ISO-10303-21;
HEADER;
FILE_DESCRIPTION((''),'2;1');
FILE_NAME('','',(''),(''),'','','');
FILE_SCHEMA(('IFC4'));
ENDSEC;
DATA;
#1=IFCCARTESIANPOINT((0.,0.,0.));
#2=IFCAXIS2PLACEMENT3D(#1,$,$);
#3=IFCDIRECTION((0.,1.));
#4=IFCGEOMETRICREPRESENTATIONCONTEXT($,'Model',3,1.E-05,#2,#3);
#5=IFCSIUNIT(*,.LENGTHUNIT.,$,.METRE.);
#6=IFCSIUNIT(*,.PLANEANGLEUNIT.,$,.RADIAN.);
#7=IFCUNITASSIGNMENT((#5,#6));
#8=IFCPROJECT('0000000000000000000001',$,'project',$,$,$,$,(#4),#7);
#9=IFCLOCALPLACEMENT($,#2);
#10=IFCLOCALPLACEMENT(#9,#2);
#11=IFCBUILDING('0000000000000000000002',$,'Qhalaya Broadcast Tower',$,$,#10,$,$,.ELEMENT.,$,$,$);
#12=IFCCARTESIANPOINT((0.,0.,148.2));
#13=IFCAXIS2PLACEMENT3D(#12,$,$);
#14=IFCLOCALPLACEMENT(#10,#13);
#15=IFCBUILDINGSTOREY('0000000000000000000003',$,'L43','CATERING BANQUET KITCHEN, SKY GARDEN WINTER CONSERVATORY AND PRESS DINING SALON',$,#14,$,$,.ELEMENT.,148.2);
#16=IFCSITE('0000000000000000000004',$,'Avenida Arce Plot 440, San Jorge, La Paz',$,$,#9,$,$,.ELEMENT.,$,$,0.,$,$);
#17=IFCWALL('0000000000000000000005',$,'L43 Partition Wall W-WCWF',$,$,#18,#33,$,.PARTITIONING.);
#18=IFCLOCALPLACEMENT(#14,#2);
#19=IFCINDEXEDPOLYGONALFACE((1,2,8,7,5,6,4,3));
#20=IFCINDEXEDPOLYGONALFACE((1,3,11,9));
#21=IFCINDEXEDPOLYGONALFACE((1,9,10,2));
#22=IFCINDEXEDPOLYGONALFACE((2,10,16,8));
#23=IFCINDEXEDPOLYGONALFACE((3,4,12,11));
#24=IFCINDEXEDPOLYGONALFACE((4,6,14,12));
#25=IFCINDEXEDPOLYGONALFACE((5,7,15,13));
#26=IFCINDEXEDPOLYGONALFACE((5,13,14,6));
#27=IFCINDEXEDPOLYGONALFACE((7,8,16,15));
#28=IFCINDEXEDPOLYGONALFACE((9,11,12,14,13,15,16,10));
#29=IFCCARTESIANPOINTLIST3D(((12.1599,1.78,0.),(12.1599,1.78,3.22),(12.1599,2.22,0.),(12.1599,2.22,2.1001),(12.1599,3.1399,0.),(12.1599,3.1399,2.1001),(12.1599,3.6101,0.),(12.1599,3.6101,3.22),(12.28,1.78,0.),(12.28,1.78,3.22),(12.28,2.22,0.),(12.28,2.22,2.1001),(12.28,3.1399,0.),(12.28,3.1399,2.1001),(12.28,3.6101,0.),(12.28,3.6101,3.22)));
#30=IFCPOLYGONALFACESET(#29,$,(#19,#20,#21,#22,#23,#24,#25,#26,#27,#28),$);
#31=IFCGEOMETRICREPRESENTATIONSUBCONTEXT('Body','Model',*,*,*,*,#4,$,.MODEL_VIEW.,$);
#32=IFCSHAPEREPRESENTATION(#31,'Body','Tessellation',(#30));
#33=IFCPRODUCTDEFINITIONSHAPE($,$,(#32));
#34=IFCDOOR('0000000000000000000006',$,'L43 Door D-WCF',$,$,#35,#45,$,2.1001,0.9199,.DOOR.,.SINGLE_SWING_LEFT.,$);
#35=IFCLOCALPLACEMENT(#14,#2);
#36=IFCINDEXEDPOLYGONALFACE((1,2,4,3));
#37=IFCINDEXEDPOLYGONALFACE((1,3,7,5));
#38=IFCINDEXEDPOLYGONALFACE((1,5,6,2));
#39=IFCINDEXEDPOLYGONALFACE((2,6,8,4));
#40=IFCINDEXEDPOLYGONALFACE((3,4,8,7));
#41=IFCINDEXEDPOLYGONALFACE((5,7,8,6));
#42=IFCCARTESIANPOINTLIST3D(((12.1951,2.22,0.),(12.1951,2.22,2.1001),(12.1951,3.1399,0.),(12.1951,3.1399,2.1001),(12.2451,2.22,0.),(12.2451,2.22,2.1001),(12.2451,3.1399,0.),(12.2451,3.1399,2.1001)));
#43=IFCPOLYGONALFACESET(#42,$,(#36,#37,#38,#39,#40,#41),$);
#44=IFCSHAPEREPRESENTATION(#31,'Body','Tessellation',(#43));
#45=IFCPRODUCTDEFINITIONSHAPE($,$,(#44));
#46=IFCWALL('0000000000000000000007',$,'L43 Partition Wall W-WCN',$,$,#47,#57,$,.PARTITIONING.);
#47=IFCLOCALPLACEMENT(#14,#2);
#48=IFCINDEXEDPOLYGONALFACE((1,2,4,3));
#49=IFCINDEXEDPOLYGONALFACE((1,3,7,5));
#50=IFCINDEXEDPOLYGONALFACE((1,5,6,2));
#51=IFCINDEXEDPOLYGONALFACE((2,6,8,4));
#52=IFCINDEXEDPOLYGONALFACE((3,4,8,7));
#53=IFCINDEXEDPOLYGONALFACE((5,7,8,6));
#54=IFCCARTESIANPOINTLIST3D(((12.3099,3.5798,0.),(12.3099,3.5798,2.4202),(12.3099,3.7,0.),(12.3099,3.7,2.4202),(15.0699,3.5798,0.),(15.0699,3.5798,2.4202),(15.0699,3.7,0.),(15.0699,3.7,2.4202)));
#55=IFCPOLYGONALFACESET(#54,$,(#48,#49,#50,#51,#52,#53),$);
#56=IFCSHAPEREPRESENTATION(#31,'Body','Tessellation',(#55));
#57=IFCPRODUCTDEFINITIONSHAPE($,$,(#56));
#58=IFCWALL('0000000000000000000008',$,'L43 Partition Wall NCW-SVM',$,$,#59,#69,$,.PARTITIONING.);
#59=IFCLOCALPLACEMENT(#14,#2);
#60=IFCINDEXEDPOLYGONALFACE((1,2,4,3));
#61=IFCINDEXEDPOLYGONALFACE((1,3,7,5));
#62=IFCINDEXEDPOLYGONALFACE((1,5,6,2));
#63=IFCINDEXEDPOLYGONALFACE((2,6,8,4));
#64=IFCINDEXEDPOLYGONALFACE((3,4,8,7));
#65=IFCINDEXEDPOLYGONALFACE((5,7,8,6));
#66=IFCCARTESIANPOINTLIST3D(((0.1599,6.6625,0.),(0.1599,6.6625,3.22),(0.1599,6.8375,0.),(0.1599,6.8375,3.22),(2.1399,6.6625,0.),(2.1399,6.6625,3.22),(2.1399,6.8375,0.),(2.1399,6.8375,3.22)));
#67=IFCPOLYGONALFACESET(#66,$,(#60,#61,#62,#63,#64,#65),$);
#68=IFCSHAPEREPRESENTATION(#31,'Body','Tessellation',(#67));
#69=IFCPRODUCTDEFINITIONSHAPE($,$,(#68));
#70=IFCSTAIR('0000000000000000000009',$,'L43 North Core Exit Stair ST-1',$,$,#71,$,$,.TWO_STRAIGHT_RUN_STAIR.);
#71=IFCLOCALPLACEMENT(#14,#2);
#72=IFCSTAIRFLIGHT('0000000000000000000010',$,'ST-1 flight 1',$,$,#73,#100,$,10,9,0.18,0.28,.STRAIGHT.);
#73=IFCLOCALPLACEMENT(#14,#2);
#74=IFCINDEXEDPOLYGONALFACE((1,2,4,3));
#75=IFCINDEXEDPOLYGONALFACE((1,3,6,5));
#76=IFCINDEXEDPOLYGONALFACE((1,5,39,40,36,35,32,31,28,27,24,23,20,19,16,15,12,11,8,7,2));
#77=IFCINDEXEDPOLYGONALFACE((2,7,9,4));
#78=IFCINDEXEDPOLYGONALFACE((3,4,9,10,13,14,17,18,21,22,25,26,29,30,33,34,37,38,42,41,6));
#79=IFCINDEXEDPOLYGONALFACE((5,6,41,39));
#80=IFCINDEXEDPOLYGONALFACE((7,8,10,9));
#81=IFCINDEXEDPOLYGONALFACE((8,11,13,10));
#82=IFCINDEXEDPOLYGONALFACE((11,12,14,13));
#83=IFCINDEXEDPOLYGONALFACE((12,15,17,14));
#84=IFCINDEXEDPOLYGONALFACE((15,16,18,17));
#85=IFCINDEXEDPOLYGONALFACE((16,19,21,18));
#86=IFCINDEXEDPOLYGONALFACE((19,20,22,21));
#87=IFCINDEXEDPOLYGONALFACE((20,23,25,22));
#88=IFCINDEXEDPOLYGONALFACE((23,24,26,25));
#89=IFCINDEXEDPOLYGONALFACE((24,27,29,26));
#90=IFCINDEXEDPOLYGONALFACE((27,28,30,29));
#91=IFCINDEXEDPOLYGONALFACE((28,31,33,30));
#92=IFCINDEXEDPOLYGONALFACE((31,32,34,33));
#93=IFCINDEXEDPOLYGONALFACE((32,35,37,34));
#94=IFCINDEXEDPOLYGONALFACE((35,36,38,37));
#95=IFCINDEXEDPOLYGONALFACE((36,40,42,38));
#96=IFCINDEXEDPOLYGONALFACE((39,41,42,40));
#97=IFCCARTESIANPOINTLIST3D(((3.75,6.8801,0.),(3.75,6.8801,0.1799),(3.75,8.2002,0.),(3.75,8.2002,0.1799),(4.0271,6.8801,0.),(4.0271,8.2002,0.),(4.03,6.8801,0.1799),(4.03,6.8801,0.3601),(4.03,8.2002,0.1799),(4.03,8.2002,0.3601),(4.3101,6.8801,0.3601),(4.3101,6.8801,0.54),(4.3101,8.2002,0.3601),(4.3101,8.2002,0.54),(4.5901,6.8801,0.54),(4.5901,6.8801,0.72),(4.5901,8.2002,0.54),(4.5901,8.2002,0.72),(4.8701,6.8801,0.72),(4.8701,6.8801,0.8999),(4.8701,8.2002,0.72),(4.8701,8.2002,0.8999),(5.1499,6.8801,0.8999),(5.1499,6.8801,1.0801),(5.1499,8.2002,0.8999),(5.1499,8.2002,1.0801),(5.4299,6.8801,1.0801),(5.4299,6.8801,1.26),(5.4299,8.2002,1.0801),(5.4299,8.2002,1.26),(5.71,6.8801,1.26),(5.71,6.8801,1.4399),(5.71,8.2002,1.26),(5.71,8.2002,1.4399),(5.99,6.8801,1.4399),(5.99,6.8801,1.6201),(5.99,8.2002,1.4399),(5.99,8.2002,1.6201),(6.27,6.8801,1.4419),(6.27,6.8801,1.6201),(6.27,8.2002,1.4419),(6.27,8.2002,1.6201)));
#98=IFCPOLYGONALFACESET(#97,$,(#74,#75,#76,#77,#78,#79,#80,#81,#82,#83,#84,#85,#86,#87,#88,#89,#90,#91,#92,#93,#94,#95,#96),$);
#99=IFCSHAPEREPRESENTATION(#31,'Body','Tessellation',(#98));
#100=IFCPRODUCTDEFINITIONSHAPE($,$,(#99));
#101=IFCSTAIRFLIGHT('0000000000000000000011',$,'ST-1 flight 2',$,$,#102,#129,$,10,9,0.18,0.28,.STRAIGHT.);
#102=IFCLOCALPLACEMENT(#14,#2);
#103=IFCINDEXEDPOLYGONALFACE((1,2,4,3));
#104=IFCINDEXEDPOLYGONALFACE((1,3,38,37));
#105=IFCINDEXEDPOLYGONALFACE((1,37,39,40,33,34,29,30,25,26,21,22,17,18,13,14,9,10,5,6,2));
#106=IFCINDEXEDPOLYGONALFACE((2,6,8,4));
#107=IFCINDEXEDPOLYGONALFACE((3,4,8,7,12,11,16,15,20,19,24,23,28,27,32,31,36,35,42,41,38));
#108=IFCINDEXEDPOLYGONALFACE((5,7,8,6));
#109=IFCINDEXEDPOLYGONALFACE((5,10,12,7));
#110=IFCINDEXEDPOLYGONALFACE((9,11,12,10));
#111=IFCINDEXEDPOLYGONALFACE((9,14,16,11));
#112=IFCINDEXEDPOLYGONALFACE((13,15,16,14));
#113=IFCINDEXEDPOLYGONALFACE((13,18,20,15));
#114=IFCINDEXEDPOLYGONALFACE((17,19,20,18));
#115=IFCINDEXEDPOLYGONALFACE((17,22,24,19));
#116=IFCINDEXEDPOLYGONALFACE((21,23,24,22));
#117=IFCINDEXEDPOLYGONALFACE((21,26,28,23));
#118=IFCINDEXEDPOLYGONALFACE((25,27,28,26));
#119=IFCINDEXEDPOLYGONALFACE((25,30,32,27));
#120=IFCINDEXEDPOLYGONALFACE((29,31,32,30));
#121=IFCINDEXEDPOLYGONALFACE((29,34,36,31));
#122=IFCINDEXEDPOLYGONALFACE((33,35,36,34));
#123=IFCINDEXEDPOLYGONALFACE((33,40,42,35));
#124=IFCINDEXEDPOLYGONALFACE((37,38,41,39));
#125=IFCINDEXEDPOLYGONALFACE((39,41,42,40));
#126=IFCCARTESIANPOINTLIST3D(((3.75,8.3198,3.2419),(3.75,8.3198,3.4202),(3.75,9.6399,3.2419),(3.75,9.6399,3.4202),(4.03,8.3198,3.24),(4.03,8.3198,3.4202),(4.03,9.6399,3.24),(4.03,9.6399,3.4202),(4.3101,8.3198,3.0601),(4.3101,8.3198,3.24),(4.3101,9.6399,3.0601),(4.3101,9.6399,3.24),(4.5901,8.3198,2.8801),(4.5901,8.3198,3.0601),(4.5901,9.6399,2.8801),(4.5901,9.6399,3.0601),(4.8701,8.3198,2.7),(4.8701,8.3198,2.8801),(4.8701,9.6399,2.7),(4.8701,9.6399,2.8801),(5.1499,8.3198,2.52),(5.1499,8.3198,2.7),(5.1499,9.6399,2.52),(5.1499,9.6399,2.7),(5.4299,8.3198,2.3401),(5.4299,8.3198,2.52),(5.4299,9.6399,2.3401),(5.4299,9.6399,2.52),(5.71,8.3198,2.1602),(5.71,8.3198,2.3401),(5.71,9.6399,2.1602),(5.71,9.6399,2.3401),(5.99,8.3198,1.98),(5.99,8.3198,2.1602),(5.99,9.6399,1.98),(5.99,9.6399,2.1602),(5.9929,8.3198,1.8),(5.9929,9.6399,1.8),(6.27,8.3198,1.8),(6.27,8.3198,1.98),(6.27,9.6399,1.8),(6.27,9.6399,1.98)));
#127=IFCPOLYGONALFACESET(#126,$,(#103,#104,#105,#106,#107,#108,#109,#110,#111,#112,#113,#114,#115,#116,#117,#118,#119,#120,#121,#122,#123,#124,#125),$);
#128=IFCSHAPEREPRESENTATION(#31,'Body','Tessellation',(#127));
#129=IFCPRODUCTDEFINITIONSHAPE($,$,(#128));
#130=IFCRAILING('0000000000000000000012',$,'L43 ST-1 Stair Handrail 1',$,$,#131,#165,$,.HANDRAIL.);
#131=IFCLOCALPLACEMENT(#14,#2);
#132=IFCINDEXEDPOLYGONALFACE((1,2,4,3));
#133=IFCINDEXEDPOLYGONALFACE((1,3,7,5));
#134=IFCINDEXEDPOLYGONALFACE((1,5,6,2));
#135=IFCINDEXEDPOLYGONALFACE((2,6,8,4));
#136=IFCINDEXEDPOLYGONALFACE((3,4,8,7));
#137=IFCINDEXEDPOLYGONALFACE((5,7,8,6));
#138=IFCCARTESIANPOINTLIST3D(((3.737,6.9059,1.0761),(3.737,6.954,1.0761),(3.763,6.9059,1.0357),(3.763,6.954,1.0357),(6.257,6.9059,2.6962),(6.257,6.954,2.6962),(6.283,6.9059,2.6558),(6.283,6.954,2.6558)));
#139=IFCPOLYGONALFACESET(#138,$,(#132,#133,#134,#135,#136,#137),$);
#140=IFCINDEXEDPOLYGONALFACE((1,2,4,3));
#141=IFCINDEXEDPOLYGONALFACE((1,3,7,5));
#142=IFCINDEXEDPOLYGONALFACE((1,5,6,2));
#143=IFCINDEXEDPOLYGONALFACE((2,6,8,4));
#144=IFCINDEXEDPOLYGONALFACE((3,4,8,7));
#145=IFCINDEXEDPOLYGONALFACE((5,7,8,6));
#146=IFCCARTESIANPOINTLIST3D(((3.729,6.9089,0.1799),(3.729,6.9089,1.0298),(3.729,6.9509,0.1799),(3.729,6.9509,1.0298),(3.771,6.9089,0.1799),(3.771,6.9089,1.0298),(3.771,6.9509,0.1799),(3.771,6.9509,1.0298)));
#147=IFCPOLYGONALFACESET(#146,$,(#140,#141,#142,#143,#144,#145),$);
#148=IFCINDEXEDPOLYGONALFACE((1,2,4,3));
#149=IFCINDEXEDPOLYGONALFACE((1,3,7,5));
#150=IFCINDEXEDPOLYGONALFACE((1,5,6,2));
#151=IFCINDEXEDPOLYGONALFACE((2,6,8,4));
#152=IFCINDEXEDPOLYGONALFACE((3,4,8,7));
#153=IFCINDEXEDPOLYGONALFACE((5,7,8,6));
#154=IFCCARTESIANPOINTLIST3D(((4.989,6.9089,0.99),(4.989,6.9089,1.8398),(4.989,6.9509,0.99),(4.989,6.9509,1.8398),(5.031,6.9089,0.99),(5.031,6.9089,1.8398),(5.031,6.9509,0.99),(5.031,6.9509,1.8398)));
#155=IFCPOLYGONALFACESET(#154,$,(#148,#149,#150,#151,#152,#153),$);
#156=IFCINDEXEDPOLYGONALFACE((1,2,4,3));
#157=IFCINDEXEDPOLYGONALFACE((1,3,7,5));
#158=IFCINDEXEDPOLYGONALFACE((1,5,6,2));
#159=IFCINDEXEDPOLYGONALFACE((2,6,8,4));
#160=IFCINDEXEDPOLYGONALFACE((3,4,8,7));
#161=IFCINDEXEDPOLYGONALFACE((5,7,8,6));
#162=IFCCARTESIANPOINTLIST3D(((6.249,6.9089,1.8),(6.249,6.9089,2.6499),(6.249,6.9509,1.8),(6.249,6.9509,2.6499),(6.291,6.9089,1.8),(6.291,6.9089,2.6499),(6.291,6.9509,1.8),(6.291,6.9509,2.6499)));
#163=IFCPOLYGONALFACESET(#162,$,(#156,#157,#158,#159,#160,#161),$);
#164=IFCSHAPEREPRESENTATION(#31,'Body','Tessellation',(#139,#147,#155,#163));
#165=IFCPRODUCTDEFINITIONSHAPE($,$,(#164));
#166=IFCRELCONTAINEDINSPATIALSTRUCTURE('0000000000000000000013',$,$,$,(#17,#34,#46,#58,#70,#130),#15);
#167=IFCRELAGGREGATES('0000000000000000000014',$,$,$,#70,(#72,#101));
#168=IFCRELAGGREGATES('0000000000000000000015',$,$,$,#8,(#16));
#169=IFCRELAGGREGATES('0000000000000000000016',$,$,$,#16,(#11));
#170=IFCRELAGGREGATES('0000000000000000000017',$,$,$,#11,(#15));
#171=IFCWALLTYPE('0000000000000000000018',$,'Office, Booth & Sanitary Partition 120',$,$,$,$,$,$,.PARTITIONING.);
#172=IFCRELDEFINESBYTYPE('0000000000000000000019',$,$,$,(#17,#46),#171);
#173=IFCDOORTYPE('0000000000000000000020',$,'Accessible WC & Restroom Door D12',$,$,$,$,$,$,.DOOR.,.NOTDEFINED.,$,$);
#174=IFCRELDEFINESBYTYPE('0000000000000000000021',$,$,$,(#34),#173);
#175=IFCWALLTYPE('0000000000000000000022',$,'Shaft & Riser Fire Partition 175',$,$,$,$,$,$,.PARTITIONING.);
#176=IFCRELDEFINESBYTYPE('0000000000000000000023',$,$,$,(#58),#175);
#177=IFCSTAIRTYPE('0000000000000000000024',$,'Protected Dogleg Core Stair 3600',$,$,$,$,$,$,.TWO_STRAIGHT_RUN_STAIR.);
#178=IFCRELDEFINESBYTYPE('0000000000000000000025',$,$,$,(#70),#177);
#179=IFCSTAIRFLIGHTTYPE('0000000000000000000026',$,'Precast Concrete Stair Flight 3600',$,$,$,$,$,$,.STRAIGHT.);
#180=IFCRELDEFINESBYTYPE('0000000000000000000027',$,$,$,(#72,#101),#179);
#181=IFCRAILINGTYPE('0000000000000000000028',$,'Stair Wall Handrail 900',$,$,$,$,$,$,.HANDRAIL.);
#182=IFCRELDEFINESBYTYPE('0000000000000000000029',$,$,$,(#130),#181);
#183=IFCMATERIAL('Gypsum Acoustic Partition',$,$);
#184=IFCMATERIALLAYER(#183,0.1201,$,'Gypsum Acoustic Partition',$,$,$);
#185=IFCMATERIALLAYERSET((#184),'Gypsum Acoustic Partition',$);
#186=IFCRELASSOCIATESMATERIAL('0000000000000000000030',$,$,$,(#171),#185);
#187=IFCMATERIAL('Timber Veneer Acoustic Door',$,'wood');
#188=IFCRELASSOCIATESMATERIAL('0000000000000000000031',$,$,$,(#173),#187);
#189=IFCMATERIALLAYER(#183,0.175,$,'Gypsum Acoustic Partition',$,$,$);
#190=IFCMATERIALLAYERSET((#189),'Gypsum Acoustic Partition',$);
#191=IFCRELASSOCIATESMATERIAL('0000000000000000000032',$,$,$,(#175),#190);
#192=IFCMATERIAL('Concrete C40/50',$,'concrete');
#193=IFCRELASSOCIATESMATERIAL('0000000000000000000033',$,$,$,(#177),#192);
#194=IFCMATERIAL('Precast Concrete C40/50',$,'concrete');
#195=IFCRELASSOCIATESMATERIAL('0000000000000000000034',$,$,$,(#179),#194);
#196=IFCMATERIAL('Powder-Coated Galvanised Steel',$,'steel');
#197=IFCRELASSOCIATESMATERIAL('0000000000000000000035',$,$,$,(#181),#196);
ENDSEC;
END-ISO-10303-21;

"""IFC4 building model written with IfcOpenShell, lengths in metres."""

from ifc_helpers import new_model, si_unit, direction, frame, frame_2d, origin, origin_2d, place, context, subcontext, project, spatial, polyline, rectangle, outline, extrude, material, layer, layer_set, type_object, element, fill, aggregate, save


model = new_model("IFC4")

# Units and contexts
model_context = context("Model", 3, precision=1e-05, world=origin(), true_north=direction((0.0, 1.0)))
body_context = subcontext(model_context, "Body", "Model", "MODEL_VIEW")
ifc_project = project(units=[si_unit("LENGTHUNIT", "METRE"), si_unit("PLANEANGLEUNIT", "RADIAN")], contexts=[model_context])

# Site, building, storey
site_placement = place(None, origin())
site = spatial("IfcSite", under=ifc_project, at=site_placement, Name="Avenida Arce Plot 440, San Jorge, La Paz", CompositionType="ELEMENT", RefElevation=0.0)
building_placement = place(site_placement, origin())
building = spatial("IfcBuilding", under=site, at=building_placement, Name="Qhalaya Broadcast Tower", CompositionType="ELEMENT")
storey_placement = place(building_placement, frame((0.0, 0.0, 148.2)))
storey = spatial("IfcBuildingStorey", under=building, at=storey_placement, Name="L43", Description="CATERING BANQUET KITCHEN, SKY GARDEN WINTER CONSERVATORY AND PRESS DINING SALON", CompositionType="ELEMENT", Elevation=148.2)

# Shared definitions
ifc_material_1 = material(Name="Gypsum Acoustic Partition")

# Wall, opening, door
ifc_layer_1 = layer(ifc_material_1, 0.1201, Name="Gypsum Acoustic Partition")
ifc_layer_set_1 = layer_set([ifc_layer_1], Name="Gypsum Acoustic Partition")
wall_type_1 = type_object("IfcWallType", Name="Office, Booth & Sanitary Partition 120", PredefinedType="PARTITIONING", material=ifc_layer_set_1)
wall_1_placement = place(storey_placement, frame((12.22, 1.78, 0.0), z_axis=(0.0, 0.0, 1.0), x_axis=(0.0, 1.0, 0.0)))
wall_1 = element("IfcWall", 1, at=wall_1_placement, inside=storey, type_object=wall_type_1, Name="L43 Partition Wall W-WCWF", PredefinedType="PARTITIONING", context=body_context, shape_type="SweptSolid", body=[
    extrude(rectangle(XDim=1.8301, YDim=0.1201, at=frame_2d((0.915, 0.0))), origin(), (0.0, 0.0, 1.0), 3.22),
])
opening_1_placement = place(wall_1_placement, frame((0.4399, 0.0, 0.0)))
opening_1 = element("IfcOpeningElement", 2, at=opening_1_placement, cuts=wall_1, PredefinedType="OPENING", context=body_context, shape_type="SweptSolid", body=[
    extrude(rectangle(XDim=0.9199, YDim=2.1001, at=frame_2d((0.46, 1.05))), frame((0.0, 0.072, 0.0), z_axis=(0.0, -1.0, 0.0), x_axis=(1.0, 0.0, 0.0)), (0.0, 0.0, 1.0), 0.144),
])
ifc_material_2 = material(Name="Timber Veneer Acoustic Door", Category="wood")
door_type_1 = type_object("IfcDoorType", Name="Accessible WC & Restroom Door D12", OperationType="NOTDEFINED", PredefinedType="DOOR", material=ifc_material_2)
door_1_placement = place(opening_1_placement, origin())
door_1 = element("IfcDoor", 3, at=door_1_placement, inside=storey, type_object=door_type_1, Name="L43 Door D-WCF", OperationType="SINGLE_SWING_LEFT", OverallHeight=2.1001, OverallWidth=0.9199, PredefinedType="DOOR", context=body_context, shape_type="SweptSolid", body=[
    extrude(rectangle(XDim=0.9199, YDim=2.1001, at=frame_2d((0.46, 1.05))), frame((0.0, 0.0249, 0.0), z_axis=(0.0, -1.0, 0.0), x_axis=(1.0, 0.0, 0.0)), (0.0, 0.0, 1.0), 0.05),
])
fill(opening_1, door_1)

# Wall
wall_2_placement = place(storey_placement, frame((12.3101, 3.6399, 0.0), z_axis=(0.0, 0.0, 1.0), x_axis=(1.0, 0.0, 0.0)))
element("IfcWall", 4, at=wall_2_placement, inside=storey, type_object=wall_type_1, Name="L43 Partition Wall W-WCN", PredefinedType="PARTITIONING", context=body_context, shape_type="SweptSolid", body=[
    extrude(rectangle(XDim=2.76, YDim=0.1201, at=frame_2d((1.3799, 0.0))), origin(), (0.0, 0.0, 1.0), 2.4202),
])

# Shared definitions
ifc_layer_2 = layer(ifc_material_1, 0.175, Name="Gypsum Acoustic Partition")
ifc_layer_set_2 = layer_set([ifc_layer_2], Name="Gypsum Acoustic Partition")
wall_type_2 = type_object("IfcWallType", Name="Shaft & Riser Fire Partition 175", PredefinedType="PARTITIONING", material=ifc_layer_set_2)

# Wall
wall_3_placement = place(storey_placement, frame((0.1599, 6.75, 0.0), z_axis=(0.0, 0.0, 1.0), x_axis=(1.0, 0.0, 0.0)))
element("IfcWall", 5, at=wall_3_placement, inside=storey, type_object=wall_type_2, Name="L43 Partition Wall NCW-SVM", PredefinedType="PARTITIONING", context=body_context, shape_type="SweptSolid", body=[
    extrude(rectangle(XDim=1.98, YDim=0.175, at=frame_2d((0.99, 0.0))), origin(), (0.0, 0.0, 1.0), 3.22),
])

# Stair, stair flights
ifc_material_3 = material(Name="Concrete C40/50", Category="concrete")
stair_type = type_object("IfcStairType", Name="Protected Dogleg Core Stair 3600", PredefinedType="TWO_STRAIGHT_RUN_STAIR", material=ifc_material_3)
stair_placement = place(storey_placement, origin())
stair = element("IfcStair", 6, at=stair_placement, inside=storey, type_object=stair_type, Name="L43 North Core Exit Stair ST-1", PredefinedType="TWO_STRAIGHT_RUN_STAIR")
ifc_material_4 = material(Name="Precast Concrete C40/50", Category="concrete")
stair_flight_type = type_object("IfcStairFlightType", Name="Precast Concrete Stair Flight 3600", PredefinedType="STRAIGHT", material=ifc_material_4)
stair_flight_1_placement = place(storey_placement, frame((3.75, 7.54, 0.0), z_axis=(0.0, 0.0, 1.0), x_axis=(1.0, 0.0, 0.0)))
stair_flight_1 = element("IfcStairFlight", 7, at=stair_flight_1_placement, type_object=stair_flight_type, Name="ST-1 flight 1", NumberOfRisers=10, NumberOfTreads=9, PredefinedType="STRAIGHT", RiserHeight=0.18, TreadLength=0.28, context=body_context, shape_type="SweptSolid", body=[
    extrude(outline(polyline([(0.0, 0.0), (0.0, 0.1799), (0.28, 0.1799), (0.28, 0.3601), (0.5601, 0.3601), (0.5601, 0.54), (0.8401, 0.54), (0.8401, 0.72), (1.1201, 0.72), (1.1201, 0.8999), (1.3999, 0.8999), (1.3999, 1.0801), (1.6799, 1.0801), (1.6799, 1.26), (1.96, 1.26), (1.96, 1.4399), (2.24, 1.4399), (2.24, 1.6201), (2.52, 1.6201), (2.52, 1.8), (2.52, 1.4419), (0.2771, 0.0), (0.0, 0.0)])), frame((0.0, 0.6602, 0.0), z_axis=(0.0, -1.0, 0.0), x_axis=(1.0, 0.0, 0.0)), (0.0, 0.0, 1.0), 1.3201),
])
stair_flight_2_placement = place(storey_placement, frame((6.27, 8.98, 1.8), z_axis=(0.0, 0.0, 1.0), x_axis=(-1.0, 0.0, 0.0)))
stair_flight_2 = element("IfcStairFlight", 8, at=stair_flight_2_placement, type_object=stair_flight_type, Name="ST-1 flight 2", NumberOfRisers=10, NumberOfTreads=9, PredefinedType="STRAIGHT", RiserHeight=0.18, TreadLength=0.28, context=body_context, shape_type="SweptSolid", body=[
    extrude(outline(polyline([(0.0, 0.0), (0.0, 0.1799), (0.28, 0.1799), (0.28, 0.3601), (0.5601, 0.3601), (0.5601, 0.54), (0.8401, 0.54), (0.8401, 0.72), (1.1201, 0.72), (1.1201, 0.8999), (1.3999, 0.8999), (1.3999, 1.0801), (1.6799, 1.0801), (1.6799, 1.26), (1.96, 1.26), (1.96, 1.4399), (2.24, 1.4399), (2.24, 1.6201), (2.52, 1.6201), (2.52, 1.8), (2.52, 1.4419), (0.2771, 0.0), (0.0, 0.0)])), frame((0.0, 0.6602, 0.0), z_axis=(0.0, -1.0, 0.0), x_axis=(1.0, 0.0, 0.0)), (0.0, 0.0, 1.0), 1.3201),
])
aggregate(stair, [stair_flight_1, stair_flight_2])

# Railing
ifc_material_5 = material(Name="Powder-Coated Galvanised Steel", Category="steel")
railing_type_1 = type_object("IfcRailingType", Name="Stair Wall Handrail 900", PredefinedType="HANDRAIL", material=ifc_material_5)
railing_1_placement = place(storey_placement, frame((3.75, 6.9299, 0.1799)))
element("IfcRailing", 9, at=railing_1_placement, inside=storey, type_object=railing_type_1, Name="L43 ST-1 Stair Handrail 1", PredefinedType="HANDRAIL", context=body_context, shape_type="SweptSolid", body=[
    extrude(rectangle(XDim=0.0481, YDim=0.0481, at=origin_2d()), frame((0.0, 0.0, 0.876), z_axis=(0.841163, 0.0, 0.540782), x_axis=(0.0, 1.0, 0.0)), (0.0, 0.0, 1.0), 2.9958),
    extrude(rectangle(XDim=0.042, YDim=0.042, at=origin_2d()), origin(), (0.0, 0.0, 1.0), 0.8499),
    extrude(rectangle(XDim=0.042, YDim=0.042, at=origin_2d()), frame((1.26, 0.0, 0.8101)), (0.0, 0.0, 1.0), 0.8499),
    extrude(rectangle(XDim=0.042, YDim=0.042, at=origin_2d()), frame((2.52, 0.0, 1.6201)), (0.0, 0.0, 1.0), 0.8499),
])

save(model, "model.ifc")
